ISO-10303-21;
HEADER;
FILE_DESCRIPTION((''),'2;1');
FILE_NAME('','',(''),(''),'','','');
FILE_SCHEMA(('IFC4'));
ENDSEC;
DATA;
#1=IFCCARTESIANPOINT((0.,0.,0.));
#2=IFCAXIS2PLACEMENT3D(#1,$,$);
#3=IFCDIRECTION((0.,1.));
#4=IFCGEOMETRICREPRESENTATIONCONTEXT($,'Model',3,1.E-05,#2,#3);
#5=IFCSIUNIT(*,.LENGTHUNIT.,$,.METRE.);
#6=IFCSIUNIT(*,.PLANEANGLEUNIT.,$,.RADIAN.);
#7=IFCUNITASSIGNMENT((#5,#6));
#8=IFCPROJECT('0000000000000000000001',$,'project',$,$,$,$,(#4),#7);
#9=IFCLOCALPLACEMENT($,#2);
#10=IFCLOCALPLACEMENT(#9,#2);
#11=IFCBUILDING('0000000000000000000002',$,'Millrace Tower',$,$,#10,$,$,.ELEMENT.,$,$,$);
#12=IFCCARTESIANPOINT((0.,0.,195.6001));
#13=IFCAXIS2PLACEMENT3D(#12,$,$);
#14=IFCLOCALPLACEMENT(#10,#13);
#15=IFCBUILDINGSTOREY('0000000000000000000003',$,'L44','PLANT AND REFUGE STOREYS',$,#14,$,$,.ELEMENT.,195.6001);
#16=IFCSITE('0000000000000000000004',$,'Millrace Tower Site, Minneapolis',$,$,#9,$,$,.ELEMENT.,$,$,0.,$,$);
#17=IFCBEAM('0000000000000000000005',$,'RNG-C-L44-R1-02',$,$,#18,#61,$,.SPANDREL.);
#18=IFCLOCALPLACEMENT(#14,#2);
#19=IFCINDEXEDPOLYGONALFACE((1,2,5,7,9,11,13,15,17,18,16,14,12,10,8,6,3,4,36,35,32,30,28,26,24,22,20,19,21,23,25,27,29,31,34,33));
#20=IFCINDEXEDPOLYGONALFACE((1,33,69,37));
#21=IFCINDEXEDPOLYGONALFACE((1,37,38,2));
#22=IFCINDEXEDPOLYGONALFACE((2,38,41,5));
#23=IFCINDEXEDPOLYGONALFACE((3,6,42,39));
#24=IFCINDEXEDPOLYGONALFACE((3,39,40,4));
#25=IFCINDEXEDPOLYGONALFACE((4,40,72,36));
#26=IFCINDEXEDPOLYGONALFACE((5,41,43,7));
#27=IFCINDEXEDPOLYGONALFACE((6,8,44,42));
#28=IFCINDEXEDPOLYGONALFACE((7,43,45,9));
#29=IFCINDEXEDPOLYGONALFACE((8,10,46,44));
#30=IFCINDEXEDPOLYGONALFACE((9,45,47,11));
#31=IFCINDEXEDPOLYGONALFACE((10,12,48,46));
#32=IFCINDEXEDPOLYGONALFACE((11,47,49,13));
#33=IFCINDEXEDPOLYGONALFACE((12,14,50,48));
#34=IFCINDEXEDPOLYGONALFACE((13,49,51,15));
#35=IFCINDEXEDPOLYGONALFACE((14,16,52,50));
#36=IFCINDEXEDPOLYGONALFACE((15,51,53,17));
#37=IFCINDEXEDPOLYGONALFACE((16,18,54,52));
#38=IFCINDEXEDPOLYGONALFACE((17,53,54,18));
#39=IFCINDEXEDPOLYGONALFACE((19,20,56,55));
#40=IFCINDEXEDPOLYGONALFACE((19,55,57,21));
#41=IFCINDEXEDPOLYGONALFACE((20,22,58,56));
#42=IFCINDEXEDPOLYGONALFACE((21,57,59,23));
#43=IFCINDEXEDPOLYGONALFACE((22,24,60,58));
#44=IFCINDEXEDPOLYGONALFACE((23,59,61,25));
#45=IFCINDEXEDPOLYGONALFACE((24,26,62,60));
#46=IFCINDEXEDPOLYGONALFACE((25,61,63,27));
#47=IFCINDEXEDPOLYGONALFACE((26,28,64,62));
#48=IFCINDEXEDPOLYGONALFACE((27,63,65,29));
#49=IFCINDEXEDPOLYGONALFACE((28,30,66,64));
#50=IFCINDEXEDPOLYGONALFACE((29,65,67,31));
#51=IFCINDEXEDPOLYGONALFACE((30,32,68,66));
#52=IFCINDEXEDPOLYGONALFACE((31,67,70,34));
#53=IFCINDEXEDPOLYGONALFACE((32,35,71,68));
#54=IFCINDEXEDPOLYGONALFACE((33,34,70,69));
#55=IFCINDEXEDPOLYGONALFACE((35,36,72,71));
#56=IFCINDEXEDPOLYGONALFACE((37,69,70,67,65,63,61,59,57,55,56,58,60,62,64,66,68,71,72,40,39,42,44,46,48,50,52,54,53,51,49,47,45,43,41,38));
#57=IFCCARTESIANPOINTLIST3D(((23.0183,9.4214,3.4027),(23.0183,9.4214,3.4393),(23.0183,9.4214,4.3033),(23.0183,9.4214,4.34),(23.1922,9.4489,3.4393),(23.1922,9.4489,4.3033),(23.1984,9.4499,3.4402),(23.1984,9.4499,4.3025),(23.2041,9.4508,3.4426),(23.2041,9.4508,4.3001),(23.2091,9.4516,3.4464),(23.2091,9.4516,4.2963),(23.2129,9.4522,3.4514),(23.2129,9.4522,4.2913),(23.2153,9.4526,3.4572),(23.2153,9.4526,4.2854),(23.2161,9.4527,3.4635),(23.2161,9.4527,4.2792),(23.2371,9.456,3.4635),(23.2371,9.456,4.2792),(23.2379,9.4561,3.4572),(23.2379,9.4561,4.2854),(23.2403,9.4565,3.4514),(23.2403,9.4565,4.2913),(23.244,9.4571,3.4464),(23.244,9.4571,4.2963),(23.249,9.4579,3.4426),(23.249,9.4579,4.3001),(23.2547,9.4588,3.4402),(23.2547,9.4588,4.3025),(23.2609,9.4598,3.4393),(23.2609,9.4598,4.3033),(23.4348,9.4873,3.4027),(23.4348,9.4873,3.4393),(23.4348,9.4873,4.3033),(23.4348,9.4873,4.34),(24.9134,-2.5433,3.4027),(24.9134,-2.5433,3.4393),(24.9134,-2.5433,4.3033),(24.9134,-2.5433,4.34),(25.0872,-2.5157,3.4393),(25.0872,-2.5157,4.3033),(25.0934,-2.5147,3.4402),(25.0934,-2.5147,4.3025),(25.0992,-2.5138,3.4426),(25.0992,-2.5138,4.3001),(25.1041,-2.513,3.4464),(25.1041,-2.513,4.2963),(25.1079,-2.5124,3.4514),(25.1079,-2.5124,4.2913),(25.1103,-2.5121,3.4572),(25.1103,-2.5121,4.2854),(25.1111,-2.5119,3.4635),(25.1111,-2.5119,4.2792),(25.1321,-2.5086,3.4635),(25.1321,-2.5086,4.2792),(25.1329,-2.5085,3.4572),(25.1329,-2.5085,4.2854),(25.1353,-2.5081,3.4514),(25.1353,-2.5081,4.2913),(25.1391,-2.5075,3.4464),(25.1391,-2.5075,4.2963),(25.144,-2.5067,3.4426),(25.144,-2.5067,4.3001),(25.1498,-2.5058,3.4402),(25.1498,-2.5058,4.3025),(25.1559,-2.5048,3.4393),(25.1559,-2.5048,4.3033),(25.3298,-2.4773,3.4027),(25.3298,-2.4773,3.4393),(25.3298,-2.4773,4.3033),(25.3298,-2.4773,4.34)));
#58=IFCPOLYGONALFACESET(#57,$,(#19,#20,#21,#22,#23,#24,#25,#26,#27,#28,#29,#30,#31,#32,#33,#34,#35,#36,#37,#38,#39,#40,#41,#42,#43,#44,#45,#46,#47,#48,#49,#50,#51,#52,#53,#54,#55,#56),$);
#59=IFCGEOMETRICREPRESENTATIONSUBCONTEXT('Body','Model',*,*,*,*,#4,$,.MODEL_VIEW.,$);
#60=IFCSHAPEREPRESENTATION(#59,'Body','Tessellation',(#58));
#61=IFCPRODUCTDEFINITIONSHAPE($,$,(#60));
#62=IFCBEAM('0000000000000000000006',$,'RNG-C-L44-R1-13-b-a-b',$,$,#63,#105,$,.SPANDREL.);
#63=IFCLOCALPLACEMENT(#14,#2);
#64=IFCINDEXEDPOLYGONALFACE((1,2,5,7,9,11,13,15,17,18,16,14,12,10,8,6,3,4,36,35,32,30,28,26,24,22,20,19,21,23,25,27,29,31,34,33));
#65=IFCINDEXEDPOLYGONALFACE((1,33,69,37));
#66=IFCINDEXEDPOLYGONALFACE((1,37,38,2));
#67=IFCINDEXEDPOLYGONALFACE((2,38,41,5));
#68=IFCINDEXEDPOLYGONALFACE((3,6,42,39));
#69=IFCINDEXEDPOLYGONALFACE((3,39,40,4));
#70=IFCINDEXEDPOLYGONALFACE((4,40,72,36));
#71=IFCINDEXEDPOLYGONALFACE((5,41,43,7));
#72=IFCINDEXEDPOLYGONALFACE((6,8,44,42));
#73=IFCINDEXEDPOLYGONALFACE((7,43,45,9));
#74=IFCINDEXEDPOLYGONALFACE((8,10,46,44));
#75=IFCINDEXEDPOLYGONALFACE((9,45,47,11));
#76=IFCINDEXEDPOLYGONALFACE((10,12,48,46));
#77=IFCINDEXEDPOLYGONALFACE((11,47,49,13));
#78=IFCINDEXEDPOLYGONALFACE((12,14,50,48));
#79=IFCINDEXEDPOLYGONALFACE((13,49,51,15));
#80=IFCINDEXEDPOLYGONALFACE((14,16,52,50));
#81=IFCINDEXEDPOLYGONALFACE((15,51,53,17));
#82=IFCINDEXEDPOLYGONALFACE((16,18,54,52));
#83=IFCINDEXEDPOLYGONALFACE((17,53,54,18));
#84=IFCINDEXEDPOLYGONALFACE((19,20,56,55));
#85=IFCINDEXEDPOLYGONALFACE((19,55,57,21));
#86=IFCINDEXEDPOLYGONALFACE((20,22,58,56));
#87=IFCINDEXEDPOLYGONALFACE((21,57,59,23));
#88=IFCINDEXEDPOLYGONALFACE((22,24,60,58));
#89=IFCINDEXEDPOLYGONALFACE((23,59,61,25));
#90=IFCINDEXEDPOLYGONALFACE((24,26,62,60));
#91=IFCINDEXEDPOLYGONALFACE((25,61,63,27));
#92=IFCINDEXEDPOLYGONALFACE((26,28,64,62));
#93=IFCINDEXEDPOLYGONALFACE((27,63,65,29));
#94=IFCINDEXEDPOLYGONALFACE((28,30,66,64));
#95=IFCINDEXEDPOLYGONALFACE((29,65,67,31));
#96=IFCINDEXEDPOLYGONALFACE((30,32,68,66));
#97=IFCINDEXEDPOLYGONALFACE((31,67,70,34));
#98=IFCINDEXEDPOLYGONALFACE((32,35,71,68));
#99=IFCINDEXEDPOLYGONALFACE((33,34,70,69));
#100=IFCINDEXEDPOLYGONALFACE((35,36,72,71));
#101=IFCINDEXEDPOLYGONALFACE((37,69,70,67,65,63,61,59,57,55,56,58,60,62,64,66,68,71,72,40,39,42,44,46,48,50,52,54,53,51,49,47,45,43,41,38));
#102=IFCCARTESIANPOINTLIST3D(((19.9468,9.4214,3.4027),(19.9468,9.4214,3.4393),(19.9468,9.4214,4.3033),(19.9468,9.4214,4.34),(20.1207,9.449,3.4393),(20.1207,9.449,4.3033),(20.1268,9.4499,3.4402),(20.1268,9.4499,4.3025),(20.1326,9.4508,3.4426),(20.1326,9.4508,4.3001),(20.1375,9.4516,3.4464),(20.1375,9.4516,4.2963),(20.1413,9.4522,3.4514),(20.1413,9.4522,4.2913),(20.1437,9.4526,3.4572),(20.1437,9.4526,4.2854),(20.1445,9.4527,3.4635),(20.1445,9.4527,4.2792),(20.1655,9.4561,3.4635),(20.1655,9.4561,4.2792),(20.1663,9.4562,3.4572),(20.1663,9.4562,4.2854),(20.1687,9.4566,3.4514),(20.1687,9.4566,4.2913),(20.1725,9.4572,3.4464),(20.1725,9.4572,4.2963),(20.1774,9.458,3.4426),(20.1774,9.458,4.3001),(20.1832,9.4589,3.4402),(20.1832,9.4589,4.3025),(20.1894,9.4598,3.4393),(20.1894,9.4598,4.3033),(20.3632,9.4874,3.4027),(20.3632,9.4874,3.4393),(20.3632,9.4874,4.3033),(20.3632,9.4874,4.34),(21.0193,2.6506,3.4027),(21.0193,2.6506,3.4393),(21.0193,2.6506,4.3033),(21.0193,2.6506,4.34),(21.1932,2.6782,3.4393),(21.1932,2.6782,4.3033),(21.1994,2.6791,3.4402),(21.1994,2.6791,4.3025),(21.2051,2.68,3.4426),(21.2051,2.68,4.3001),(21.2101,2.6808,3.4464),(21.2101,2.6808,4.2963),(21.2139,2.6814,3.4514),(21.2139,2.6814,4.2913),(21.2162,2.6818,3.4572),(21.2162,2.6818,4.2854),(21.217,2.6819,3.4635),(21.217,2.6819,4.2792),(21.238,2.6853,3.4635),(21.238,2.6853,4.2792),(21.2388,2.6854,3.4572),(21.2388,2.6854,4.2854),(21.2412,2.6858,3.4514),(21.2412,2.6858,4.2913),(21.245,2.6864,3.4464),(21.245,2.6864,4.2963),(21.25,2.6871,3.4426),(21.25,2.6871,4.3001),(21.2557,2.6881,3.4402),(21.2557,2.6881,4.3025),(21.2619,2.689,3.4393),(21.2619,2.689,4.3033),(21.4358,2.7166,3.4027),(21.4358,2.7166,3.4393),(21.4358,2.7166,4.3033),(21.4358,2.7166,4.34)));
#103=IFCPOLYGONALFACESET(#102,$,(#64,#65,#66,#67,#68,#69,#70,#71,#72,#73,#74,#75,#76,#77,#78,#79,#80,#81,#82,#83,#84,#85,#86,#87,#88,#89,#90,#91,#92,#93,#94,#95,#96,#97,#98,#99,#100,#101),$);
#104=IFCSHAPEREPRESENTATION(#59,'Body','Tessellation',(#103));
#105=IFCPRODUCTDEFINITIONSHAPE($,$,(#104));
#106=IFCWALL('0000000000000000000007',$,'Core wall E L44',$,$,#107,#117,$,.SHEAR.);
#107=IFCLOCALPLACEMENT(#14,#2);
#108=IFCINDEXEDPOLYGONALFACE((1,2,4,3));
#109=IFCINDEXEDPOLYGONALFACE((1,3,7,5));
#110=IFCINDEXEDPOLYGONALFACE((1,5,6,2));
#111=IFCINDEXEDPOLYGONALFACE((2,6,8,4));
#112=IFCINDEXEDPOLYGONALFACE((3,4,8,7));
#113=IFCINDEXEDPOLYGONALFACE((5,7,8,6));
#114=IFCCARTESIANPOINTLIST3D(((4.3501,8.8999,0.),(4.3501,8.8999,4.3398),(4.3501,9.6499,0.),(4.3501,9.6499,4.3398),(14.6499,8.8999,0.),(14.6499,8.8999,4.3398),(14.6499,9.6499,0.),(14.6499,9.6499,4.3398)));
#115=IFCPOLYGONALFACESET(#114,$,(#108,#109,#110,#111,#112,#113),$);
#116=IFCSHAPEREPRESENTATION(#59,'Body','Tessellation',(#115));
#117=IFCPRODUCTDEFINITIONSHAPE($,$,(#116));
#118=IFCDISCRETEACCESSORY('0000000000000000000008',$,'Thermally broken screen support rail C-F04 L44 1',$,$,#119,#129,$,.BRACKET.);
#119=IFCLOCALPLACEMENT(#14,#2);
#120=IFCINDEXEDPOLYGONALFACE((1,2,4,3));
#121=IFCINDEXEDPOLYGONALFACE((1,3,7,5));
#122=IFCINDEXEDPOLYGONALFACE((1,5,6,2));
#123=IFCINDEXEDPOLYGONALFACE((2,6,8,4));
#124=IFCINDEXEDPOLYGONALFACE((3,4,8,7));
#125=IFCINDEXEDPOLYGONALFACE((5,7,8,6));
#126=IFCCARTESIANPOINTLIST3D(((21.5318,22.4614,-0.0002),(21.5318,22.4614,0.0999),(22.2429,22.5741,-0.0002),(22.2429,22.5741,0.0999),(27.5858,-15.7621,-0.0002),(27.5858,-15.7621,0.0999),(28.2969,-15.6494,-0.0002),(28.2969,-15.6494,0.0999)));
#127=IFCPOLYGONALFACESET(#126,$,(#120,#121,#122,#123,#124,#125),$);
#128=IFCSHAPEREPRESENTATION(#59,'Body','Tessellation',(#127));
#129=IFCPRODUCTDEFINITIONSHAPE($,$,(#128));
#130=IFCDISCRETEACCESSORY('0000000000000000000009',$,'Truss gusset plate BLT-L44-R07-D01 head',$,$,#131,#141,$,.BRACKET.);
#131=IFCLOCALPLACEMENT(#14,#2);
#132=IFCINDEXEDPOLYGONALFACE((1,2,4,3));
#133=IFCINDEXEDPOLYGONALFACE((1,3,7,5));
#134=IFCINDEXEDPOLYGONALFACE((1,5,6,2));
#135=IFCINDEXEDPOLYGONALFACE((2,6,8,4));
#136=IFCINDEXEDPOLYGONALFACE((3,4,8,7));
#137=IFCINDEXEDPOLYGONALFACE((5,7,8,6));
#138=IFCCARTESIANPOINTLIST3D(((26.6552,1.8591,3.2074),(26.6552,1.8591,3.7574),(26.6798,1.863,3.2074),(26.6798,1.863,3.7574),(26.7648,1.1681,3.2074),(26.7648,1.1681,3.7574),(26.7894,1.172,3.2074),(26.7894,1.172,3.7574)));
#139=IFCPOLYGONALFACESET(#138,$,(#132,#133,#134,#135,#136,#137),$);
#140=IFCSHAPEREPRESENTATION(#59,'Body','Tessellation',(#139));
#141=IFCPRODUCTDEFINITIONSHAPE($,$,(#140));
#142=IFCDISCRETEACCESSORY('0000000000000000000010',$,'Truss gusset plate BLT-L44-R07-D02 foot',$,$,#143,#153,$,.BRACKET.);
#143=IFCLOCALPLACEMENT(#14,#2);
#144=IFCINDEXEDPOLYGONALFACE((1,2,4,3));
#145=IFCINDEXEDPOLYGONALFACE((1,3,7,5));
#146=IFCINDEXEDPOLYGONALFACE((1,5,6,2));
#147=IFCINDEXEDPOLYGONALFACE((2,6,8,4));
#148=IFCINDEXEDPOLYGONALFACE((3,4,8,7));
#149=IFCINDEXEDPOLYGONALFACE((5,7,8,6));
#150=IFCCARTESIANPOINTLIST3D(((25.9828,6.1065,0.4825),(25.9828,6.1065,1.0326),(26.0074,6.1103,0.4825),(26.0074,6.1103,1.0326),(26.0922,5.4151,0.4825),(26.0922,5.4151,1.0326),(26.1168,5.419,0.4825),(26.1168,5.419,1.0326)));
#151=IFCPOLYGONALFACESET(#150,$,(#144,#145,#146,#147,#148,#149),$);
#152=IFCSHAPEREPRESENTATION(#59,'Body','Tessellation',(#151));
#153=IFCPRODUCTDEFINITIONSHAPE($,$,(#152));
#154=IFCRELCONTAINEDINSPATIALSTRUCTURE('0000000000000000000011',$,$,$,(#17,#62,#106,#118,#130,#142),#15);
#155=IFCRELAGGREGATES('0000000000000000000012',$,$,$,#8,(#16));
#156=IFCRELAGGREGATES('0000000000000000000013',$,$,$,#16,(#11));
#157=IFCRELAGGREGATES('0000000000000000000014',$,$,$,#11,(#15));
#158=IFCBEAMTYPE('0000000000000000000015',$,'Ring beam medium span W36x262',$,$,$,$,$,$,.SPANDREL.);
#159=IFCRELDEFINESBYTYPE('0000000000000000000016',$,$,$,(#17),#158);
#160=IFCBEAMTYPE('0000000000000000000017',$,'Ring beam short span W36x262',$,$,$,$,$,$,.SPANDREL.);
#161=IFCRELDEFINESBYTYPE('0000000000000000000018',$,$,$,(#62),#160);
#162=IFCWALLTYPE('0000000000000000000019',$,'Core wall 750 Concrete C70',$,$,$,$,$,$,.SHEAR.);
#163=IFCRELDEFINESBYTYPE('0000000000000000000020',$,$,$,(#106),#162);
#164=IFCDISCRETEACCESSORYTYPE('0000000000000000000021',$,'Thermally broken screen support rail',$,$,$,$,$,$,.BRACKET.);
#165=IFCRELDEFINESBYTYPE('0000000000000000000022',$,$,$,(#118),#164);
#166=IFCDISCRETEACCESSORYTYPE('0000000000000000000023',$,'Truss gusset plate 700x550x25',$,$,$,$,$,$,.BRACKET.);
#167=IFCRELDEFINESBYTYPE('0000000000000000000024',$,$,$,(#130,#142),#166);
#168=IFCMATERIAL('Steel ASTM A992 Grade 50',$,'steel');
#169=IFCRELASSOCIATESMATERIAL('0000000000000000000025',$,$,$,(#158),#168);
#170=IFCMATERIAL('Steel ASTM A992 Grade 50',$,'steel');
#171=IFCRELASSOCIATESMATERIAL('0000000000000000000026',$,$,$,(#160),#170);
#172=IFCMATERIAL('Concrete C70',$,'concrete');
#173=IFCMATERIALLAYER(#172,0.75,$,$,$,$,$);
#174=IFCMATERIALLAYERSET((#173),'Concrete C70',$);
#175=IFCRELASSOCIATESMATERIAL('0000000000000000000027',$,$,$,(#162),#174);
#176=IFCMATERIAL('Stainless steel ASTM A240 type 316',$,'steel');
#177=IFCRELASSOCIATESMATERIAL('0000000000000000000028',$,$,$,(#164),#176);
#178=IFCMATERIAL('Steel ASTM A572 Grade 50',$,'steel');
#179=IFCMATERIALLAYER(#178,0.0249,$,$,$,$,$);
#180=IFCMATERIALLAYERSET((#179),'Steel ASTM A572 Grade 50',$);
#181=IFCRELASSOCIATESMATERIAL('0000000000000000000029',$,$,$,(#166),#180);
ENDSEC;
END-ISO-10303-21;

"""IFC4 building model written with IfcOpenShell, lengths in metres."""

from ifc_helpers import new_model, si_unit, direction, frame, frame_2d, origin, origin_2d, place, context, subcontext, project, spatial, rectangle, i_section, extrude, material, layer, layer_set, material_profile, profile_set, type_object, element, save


model = new_model("IFC4")

# Units and contexts
model_context = context("Model", 3, precision=1e-05, world=origin(), true_north=direction((0.0, 1.0)))
body_context = subcontext(model_context, "Body", "Model", "MODEL_VIEW")
ifc_project = project(units=[si_unit("LENGTHUNIT", "METRE"), si_unit("PLANEANGLEUNIT", "RADIAN")], contexts=[model_context])

# Site, building, storey
site_placement = place(None, origin())
site = spatial("IfcSite", under=ifc_project, at=site_placement, Name="Millrace Tower Site, Minneapolis", CompositionType="ELEMENT", RefElevation=0.0)
building_placement = place(site_placement, origin())
building = spatial("IfcBuilding", under=site, at=building_placement, Name="Millrace Tower", CompositionType="ELEMENT")
storey_placement = place(building_placement, frame((0.0, 0.0, 195.6001)))
storey = spatial("IfcBuildingStorey", under=building, at=storey_placement, Name="L44", Description="PLANT AND REFUGE STOREYS", CompositionType="ELEMENT", Elevation=195.6001)

# Beams
ifc_material_1 = material(Name="Steel ASTM A992 Grade 50", Category="steel")
ifc_material_profile_1 = material_profile(ifc_material_1, i_section(OverallWidth=0.4216, OverallDepth=0.9373, WebThickness=0.0212, FlangeThickness=0.0366, FilletRadius=0.0242, at=origin_2d()))
ifc_profile_set_1 = profile_set([ifc_material_profile_1], Name="Steel ASTM A992 Grade 50")
beam_type_1 = type_object("IfcBeamType", Name="Ring beam medium span W36x262", PredefinedType="SPANDREL", material=ifc_profile_set_1)
beam_1_placement = place(storey_placement, frame((23.2266, 9.4543, 3.8713), z_axis=(0.156436, -0.987688, 0.0), x_axis=(0.987688, 0.156436, 0.0)))
element("IfcBeam", 1, at=beam_1_placement, inside=storey, type_object=beam_type_1, Name="RNG-C-L44-R1-02", PredefinedType="SPANDREL", context=body_context, shape_type="SweptSolid", body=[
    extrude(i_section(OverallWidth=0.4216, OverallDepth=0.9373, WebThickness=0.0212, FlangeThickness=0.0366, FilletRadius=0.0242, at=origin_2d()), origin(), (0.0, 0.0, 1.0), 12.1138),
])
ifc_material_2 = material(Name="Steel ASTM A992 Grade 50", Category="steel")
ifc_material_profile_2 = material_profile(ifc_material_2, i_section(OverallWidth=0.4216, OverallDepth=0.9373, WebThickness=0.0212, FlangeThickness=0.0366, FilletRadius=0.0242, at=origin_2d()))
ifc_profile_set_2 = profile_set([ifc_material_profile_2], Name="Steel ASTM A992 Grade 50")
beam_type_2 = type_object("IfcBeamType", Name="Ring beam short span W36x262", PredefinedType="SPANDREL", material=ifc_profile_set_2)
beam_2_placement = place(storey_placement, frame((21.2275, 2.6836, 3.8713), z_axis=(-0.156453, 0.987685, 0.0), x_axis=(-0.987685, -0.156453, 0.0)))
element("IfcBeam", 2, at=beam_2_placement, inside=storey, type_object=beam_type_2, Name="RNG-C-L44-R1-13-b-a-b", PredefinedType="SPANDREL", context=body_context, shape_type="SweptSolid", body=[
    extrude(i_section(OverallWidth=0.4216, OverallDepth=0.9373, WebThickness=0.0212, FlangeThickness=0.0366, FilletRadius=0.0242, at=origin_2d()), origin(), (0.0, 0.0, 1.0), 6.8552),
])

# Wall
ifc_material_3 = material(Name="Concrete C70", Category="concrete")
ifc_layer_1 = layer(ifc_material_3, 0.75)
ifc_layer_set_1 = layer_set([ifc_layer_1], Name="Concrete C70")
wall_type = type_object("IfcWallType", Name="Core wall 750 Concrete C70", PredefinedType="SHEAR", material=ifc_layer_set_1)
wall_placement = place(storey_placement, frame((14.6499, 9.2749, 0.0), z_axis=(0.0, 0.0, 1.0), x_axis=(-1.0, 0.0, 0.0)))
element("IfcWall", 3, at=wall_placement, inside=storey, type_object=wall_type, Name="Core wall E L44", PredefinedType="SHEAR", context=body_context, shape_type="SweptSolid", body=[
    extrude(rectangle(XDim=10.2998, YDim=0.75, at=frame_2d((5.1499, 0.0))), origin(), (0.0, 0.0, 1.0), 4.3398),
])

# Discrete accessories
ifc_material_4 = material(Name="Stainless steel ASTM A240 type 316", Category="steel")
discrete_accessory_type_1 = type_object("IfcDiscreteAccessoryType", Name="Thermally broken screen support rail", PredefinedType="BRACKET", material=ifc_material_4)
discrete_accessory_1_placement = place(storey_placement, frame((24.9143, 3.406, -0.0002), z_axis=(0.0, 0.0, 1.0), x_axis=(-0.156434, 0.987688, 0.0)))
element("IfcDiscreteAccessory", 4, at=discrete_accessory_1_placement, inside=storey, type_object=discrete_accessory_type_1, Name="Thermally broken screen support rail C-F04 L44 1", PredefinedType="BRACKET", context=body_context, shape_type="SweptSolid", body=[
    extrude(rectangle(XDim=38.7, YDim=0.72, at=origin_2d()), origin(), (0.0, 0.0, 1.0), 0.1001),
])
ifc_material_5 = material(Name="Steel ASTM A572 Grade 50", Category="steel")
ifc_layer_2 = layer(ifc_material_5, 0.0249)
ifc_layer_set_2 = layer_set([ifc_layer_2], Name="Steel ASTM A572 Grade 50")
discrete_accessory_type_2 = type_object("IfcDiscreteAccessoryType", Name="Truss gusset plate 700x550x25", PredefinedType="BRACKET", material=ifc_layer_set_2)
discrete_accessory_2_placement = place(storey_placement, frame((26.6675, 1.8611, 3.4824), z_axis=(0.156643, -0.987655, 0.0), x_axis=(0.987655, 0.156643, 0.0)))
element("IfcDiscreteAccessory", 5, at=discrete_accessory_2_placement, inside=storey, type_object=discrete_accessory_type_2, Name="Truss gusset plate BLT-L44-R07-D01 head", PredefinedType="BRACKET", context=body_context, shape_type="SweptSolid", body=[
    extrude(rectangle(XDim=0.0249, YDim=0.55, at=origin_2d()), origin(), (0.0, 0.0, 1.0), 0.6997),
])
discrete_accessory_3_placement = place(storey_placement, frame((25.9951, 6.1084, 0.7576), z_axis=(0.156249, -0.987718, 0.0), x_axis=(0.987718, 0.156249, 0.0)))
element("IfcDiscreteAccessory", 6, at=discrete_accessory_3_placement, inside=storey, type_object=discrete_accessory_type_2, Name="Truss gusset plate BLT-L44-R07-D02 foot", PredefinedType="BRACKET", context=body_context, shape_type="SweptSolid", body=[
    extrude(rectangle(XDim=0.0249, YDim=0.55, at=origin_2d()), origin(), (0.0, 0.0, 1.0), 0.7),
])

save(model, "model.ifc")
